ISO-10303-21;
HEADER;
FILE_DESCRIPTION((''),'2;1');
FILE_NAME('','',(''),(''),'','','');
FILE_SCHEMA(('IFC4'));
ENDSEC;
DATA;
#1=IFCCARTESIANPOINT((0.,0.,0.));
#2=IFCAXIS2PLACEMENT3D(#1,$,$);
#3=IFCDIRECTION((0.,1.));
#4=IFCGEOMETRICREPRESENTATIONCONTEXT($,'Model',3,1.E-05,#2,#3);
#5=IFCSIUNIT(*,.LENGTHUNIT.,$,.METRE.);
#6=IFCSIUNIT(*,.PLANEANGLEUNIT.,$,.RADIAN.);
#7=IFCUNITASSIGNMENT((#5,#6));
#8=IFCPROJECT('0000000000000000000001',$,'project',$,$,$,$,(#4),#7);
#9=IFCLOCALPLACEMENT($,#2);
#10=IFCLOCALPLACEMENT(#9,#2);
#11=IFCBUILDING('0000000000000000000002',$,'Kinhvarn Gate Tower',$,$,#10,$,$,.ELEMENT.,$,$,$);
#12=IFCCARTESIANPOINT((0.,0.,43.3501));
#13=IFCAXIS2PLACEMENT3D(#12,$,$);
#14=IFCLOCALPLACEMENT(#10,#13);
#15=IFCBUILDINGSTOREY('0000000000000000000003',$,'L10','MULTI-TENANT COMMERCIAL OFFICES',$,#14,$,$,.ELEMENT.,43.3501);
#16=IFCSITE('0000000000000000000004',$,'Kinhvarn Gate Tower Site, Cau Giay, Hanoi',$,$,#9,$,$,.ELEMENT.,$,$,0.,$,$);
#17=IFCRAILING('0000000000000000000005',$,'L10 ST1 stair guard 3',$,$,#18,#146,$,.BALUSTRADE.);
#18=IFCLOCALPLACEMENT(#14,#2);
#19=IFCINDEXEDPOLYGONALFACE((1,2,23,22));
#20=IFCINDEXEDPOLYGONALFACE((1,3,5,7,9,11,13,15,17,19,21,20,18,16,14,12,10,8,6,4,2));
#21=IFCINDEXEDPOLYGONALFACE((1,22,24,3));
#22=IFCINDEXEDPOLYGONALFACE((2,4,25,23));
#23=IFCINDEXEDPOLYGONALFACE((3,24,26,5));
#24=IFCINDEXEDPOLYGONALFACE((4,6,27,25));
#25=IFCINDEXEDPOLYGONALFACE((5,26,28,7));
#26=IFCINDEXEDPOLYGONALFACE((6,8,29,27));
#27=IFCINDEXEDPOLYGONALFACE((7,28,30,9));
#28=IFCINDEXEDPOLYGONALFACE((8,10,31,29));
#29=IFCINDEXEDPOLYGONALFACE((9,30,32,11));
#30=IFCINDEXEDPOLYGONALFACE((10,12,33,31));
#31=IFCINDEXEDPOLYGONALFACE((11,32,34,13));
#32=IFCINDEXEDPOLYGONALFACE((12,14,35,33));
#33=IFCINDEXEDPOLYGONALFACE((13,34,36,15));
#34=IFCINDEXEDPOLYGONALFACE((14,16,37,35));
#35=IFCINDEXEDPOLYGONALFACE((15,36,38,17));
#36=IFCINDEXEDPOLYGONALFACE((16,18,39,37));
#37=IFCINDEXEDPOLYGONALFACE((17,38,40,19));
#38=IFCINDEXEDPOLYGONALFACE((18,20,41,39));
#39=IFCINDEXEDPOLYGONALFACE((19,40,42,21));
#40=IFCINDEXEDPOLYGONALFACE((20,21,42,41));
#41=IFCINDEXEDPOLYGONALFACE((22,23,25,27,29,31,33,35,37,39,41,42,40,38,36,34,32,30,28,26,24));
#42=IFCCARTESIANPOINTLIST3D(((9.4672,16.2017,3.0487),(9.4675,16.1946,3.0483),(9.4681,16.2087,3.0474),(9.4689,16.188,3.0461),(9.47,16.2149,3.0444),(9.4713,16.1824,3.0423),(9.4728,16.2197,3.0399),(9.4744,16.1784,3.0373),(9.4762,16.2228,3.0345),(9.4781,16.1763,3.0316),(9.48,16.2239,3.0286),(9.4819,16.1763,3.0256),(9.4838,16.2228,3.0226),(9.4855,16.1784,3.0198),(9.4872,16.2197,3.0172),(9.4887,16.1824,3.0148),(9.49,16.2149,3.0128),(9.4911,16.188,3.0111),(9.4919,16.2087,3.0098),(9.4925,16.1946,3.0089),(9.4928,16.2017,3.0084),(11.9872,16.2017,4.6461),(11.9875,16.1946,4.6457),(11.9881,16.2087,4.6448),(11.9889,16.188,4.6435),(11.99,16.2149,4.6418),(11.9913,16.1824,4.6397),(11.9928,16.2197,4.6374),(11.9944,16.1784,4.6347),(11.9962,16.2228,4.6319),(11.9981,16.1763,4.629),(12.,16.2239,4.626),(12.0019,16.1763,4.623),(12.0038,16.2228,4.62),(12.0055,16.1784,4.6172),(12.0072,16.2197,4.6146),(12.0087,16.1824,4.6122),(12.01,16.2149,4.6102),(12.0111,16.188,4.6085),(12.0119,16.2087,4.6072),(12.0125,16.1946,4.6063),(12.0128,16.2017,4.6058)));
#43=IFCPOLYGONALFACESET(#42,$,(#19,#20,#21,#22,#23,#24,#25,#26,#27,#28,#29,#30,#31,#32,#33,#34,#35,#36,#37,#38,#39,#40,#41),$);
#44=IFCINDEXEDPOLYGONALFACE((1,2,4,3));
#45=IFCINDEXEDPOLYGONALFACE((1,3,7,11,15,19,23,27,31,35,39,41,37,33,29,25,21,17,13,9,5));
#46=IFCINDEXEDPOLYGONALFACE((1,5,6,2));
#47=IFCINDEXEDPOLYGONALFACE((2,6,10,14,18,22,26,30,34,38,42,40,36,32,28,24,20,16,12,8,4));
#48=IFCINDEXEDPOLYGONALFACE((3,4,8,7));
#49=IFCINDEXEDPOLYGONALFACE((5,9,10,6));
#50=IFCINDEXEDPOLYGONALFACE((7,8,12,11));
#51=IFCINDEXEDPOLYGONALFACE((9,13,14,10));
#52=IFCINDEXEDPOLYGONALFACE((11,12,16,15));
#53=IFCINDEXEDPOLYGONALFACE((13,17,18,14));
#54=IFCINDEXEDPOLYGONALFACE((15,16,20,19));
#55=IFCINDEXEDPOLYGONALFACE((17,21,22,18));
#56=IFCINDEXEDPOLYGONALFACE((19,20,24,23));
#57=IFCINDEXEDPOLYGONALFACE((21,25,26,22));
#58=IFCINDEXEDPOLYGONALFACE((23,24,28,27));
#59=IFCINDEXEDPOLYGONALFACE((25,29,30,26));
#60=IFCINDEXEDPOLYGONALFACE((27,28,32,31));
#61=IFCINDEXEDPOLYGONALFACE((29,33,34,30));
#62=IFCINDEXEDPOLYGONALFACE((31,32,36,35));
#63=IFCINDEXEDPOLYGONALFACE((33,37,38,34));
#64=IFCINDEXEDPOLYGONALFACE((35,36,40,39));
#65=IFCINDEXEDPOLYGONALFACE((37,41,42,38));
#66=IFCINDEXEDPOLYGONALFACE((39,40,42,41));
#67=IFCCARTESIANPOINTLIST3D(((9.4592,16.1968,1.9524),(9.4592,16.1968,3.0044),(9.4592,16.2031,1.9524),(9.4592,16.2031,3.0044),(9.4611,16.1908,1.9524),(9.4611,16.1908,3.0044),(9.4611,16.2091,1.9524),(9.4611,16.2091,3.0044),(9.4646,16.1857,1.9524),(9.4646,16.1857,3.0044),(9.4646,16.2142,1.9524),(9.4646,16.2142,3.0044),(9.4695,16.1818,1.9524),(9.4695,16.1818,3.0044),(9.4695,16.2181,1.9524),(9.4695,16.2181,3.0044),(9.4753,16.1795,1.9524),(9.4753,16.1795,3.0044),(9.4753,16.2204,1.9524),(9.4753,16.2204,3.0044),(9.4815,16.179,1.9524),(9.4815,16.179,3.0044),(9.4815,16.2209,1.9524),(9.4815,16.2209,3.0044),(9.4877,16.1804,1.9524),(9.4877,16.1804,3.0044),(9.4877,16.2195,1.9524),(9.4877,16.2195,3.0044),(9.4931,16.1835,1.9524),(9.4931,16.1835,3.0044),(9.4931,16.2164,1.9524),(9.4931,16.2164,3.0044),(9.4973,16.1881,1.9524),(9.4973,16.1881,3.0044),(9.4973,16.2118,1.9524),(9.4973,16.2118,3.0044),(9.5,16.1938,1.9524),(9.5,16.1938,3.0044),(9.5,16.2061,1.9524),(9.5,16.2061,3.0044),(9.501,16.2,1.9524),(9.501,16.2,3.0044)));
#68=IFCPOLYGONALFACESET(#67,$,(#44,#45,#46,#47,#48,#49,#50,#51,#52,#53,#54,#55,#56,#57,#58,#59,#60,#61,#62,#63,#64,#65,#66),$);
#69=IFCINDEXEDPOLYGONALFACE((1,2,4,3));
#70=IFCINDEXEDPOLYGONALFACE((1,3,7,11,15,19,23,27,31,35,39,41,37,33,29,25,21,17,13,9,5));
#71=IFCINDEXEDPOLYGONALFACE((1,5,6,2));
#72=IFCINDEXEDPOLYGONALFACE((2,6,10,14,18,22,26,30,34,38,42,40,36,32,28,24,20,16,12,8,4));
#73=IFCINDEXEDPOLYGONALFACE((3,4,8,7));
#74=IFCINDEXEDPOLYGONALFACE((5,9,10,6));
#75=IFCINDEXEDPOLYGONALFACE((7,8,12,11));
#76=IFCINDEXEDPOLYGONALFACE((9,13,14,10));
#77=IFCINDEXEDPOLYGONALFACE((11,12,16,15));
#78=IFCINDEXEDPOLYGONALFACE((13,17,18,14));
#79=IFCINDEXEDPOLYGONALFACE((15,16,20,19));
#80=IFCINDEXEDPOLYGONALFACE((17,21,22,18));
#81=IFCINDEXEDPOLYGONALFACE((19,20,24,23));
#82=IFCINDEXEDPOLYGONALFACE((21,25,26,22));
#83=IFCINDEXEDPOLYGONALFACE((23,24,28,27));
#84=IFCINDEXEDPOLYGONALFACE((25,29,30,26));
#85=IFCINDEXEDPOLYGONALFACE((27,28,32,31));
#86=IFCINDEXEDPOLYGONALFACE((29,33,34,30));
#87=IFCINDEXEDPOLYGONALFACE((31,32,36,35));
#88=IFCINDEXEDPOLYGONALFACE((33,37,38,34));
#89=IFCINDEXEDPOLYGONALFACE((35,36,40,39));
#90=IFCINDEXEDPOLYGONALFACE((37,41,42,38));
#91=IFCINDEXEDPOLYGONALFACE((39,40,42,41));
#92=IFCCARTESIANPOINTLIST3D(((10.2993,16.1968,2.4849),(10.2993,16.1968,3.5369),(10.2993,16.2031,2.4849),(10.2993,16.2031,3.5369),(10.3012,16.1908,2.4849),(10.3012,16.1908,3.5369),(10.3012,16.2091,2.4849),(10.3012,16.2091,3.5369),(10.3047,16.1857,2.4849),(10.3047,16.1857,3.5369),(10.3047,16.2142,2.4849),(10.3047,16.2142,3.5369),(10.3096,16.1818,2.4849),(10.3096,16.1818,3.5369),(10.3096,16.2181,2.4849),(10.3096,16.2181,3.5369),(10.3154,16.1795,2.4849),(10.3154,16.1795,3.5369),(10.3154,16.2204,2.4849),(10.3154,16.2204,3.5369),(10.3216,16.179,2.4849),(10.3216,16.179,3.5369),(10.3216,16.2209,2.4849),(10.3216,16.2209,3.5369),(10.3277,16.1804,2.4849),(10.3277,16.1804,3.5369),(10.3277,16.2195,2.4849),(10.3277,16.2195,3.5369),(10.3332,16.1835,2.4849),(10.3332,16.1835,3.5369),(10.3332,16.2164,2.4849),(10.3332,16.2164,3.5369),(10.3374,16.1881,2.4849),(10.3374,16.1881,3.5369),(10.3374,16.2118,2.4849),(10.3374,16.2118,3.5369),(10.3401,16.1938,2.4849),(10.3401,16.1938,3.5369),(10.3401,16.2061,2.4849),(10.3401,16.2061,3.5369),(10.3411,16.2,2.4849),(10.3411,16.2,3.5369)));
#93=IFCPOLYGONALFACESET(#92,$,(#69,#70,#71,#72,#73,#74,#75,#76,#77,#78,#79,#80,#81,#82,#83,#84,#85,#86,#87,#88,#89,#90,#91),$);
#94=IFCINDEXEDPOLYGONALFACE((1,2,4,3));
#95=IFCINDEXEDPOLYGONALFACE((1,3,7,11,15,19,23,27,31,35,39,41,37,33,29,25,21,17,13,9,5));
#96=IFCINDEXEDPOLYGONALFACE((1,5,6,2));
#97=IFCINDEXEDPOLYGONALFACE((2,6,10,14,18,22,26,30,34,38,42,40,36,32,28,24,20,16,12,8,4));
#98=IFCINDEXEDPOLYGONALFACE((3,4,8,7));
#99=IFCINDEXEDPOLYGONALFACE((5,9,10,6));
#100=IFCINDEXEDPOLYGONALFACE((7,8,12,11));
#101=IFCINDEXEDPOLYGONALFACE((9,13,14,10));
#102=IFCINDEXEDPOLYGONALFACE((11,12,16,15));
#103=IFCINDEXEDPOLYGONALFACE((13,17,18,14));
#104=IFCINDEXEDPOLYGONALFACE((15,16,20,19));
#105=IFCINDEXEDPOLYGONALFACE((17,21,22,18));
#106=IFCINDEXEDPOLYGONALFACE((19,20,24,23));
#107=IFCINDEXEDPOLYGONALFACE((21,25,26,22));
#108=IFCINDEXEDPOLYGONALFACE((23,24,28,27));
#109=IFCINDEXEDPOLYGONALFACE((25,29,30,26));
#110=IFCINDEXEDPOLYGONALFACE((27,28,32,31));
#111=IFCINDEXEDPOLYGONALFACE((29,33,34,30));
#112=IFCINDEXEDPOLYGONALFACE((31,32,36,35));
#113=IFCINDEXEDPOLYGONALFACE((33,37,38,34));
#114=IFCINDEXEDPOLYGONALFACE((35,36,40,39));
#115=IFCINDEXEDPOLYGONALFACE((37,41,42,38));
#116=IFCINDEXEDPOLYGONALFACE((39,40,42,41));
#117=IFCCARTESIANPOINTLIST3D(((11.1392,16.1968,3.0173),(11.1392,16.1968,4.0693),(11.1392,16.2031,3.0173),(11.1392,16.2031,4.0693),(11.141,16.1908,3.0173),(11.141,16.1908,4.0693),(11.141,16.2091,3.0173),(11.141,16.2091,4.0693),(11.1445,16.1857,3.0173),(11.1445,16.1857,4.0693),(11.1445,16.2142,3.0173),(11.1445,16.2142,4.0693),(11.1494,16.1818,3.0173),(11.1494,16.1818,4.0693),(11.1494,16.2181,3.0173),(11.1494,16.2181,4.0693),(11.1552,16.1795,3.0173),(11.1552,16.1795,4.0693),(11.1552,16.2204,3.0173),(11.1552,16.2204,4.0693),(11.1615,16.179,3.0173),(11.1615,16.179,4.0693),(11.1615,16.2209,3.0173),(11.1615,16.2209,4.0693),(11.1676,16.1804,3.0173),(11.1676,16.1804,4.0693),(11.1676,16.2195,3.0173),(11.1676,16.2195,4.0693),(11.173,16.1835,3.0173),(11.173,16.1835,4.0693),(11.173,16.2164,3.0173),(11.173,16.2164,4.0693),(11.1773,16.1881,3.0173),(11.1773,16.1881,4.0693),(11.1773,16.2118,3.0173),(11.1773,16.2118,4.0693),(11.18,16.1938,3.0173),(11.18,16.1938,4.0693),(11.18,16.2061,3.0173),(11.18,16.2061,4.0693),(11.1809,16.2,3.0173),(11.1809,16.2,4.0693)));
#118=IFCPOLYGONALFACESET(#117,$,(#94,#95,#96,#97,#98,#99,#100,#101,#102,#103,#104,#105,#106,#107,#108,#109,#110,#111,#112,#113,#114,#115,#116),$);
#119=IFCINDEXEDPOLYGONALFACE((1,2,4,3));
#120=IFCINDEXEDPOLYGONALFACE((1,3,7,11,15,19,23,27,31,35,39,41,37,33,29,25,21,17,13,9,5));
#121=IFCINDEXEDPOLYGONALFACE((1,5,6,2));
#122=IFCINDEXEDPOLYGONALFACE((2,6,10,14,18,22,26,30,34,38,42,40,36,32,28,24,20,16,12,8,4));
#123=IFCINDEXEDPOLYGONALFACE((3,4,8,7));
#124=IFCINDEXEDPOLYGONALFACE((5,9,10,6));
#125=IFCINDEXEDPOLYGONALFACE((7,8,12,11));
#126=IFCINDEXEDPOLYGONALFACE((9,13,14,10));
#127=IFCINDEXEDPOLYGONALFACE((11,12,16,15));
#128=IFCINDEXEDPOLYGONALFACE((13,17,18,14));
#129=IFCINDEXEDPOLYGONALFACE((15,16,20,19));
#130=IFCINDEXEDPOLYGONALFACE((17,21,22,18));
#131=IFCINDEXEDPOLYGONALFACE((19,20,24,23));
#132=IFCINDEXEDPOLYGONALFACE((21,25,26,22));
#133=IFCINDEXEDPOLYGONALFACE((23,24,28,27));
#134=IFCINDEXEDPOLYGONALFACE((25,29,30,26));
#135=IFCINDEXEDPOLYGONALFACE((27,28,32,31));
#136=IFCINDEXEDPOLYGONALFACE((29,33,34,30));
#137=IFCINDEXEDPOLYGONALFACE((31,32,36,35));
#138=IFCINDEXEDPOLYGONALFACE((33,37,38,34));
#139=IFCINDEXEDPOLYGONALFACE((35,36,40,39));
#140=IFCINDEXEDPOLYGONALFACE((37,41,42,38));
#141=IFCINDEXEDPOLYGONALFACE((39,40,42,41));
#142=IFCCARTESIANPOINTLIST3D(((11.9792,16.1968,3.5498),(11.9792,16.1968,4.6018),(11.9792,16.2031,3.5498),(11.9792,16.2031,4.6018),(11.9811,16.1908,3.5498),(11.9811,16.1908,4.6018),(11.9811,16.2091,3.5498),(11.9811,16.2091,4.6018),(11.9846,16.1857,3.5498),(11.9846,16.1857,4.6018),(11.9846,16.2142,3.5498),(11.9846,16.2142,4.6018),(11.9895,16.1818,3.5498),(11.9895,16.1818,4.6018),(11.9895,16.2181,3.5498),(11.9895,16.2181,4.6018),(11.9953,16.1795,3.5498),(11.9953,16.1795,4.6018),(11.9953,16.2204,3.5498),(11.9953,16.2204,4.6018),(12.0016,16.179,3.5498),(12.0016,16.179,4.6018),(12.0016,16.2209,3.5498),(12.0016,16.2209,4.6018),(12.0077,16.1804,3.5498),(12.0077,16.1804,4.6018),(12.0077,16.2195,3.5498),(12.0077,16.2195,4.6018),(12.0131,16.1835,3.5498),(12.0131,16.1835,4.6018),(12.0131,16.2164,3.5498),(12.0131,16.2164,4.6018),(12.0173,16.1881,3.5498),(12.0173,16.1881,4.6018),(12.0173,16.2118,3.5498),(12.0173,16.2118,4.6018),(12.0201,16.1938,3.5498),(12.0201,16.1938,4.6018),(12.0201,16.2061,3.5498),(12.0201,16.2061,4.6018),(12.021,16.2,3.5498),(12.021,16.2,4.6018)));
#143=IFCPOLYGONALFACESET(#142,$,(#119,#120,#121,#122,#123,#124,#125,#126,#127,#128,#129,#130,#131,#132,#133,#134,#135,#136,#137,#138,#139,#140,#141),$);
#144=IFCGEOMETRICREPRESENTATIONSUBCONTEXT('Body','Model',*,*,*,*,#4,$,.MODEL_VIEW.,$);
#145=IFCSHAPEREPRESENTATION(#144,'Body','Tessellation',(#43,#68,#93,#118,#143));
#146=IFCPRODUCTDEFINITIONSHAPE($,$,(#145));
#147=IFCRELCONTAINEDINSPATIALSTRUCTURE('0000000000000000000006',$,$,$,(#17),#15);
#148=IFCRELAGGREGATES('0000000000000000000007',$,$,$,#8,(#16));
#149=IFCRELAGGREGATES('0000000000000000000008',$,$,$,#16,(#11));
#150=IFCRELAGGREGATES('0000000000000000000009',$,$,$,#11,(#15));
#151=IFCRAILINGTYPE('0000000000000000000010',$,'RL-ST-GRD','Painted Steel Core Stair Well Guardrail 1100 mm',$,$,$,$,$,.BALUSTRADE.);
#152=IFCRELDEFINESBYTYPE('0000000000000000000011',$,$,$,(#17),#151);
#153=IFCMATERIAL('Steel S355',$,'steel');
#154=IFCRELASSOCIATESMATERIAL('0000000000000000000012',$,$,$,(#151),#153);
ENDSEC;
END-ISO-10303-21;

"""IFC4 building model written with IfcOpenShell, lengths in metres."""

from ifc_helpers import new_model, si_unit, direction, frame, origin, origin_2d, place, context, subcontext, project, spatial, circle, extrude, material, type_object, element, save


model = new_model("IFC4")

# Units and contexts
model_context = context("Model", 3, precision=1e-05, world=origin(), true_north=direction((0.0, 1.0)))
body_context = subcontext(model_context, "Body", "Model", "MODEL_VIEW")
ifc_project = project(units=[si_unit("LENGTHUNIT", "METRE"), si_unit("PLANEANGLEUNIT", "RADIAN")], contexts=[model_context])

# Site, building, storey
site_placement = place(None, origin())
site = spatial("IfcSite", under=ifc_project, at=site_placement, Name="Kinhvarn Gate Tower Site, Cau Giay, Hanoi", CompositionType="ELEMENT", RefElevation=0.0)
building_placement = place(site_placement, origin())
building = spatial("IfcBuilding", under=site, at=building_placement, Name="Kinhvarn Gate Tower", CompositionType="ELEMENT")
storey_placement = place(building_placement, frame((0.0, 0.0, 43.3501)))
storey = spatial("IfcBuildingStorey", under=building, at=storey_placement, Name="L10", Description="MULTI-TENANT COMMERCIAL OFFICES", CompositionType="ELEMENT", Elevation=43.3501)

# Shared definitions
ifc_material_1 = material(Name="Steel S355", Category="steel")

# Railing
railing_type_1 = type_object("IfcRailingType", Name="RL-ST-GRD", Description="Painted Steel Core Stair Well Guardrail 1100 mm", PredefinedType="BALUSTRADE", material=ifc_material_1)
railing_1_placement = place(storey_placement, frame((9.48, 16.2, 1.9524)))
element("IfcRailing", 1, at=railing_1_placement, inside=storey, type_object=railing_type_1, Name="L10 ST1 stair guard 3", PredefinedType="BALUSTRADE", context=body_context, shape_type="SweptSolid", body=[
    extrude(circle(Radius=0.0239, at=origin_2d()), frame((0.0, 0.0, 1.0762), z_axis=(0.844607, 0.0, 0.535387), x_axis=(0.0, 1.0, 0.0)), (0.0, 0.0, 1.0), 2.9836),
    extrude(circle(Radius=0.021, at=origin_2d()), origin(), (0.0, 0.0, 1.0), 1.052),
    extrude(circle(Radius=0.021, at=origin_2d()), frame((0.8401, 0.0, 0.5325)), (0.0, 0.0, 1.0), 1.052),
    extrude(circle(Radius=0.021, at=origin_2d()), frame((1.6799, 0.0, 1.0649)), (0.0, 0.0, 1.0), 1.052),
    extrude(circle(Radius=0.021, at=origin_2d()), frame((2.52, 0.0, 1.5974)), (0.0, 0.0, 1.0), 1.052),
])

save(model, "model.ifc")
